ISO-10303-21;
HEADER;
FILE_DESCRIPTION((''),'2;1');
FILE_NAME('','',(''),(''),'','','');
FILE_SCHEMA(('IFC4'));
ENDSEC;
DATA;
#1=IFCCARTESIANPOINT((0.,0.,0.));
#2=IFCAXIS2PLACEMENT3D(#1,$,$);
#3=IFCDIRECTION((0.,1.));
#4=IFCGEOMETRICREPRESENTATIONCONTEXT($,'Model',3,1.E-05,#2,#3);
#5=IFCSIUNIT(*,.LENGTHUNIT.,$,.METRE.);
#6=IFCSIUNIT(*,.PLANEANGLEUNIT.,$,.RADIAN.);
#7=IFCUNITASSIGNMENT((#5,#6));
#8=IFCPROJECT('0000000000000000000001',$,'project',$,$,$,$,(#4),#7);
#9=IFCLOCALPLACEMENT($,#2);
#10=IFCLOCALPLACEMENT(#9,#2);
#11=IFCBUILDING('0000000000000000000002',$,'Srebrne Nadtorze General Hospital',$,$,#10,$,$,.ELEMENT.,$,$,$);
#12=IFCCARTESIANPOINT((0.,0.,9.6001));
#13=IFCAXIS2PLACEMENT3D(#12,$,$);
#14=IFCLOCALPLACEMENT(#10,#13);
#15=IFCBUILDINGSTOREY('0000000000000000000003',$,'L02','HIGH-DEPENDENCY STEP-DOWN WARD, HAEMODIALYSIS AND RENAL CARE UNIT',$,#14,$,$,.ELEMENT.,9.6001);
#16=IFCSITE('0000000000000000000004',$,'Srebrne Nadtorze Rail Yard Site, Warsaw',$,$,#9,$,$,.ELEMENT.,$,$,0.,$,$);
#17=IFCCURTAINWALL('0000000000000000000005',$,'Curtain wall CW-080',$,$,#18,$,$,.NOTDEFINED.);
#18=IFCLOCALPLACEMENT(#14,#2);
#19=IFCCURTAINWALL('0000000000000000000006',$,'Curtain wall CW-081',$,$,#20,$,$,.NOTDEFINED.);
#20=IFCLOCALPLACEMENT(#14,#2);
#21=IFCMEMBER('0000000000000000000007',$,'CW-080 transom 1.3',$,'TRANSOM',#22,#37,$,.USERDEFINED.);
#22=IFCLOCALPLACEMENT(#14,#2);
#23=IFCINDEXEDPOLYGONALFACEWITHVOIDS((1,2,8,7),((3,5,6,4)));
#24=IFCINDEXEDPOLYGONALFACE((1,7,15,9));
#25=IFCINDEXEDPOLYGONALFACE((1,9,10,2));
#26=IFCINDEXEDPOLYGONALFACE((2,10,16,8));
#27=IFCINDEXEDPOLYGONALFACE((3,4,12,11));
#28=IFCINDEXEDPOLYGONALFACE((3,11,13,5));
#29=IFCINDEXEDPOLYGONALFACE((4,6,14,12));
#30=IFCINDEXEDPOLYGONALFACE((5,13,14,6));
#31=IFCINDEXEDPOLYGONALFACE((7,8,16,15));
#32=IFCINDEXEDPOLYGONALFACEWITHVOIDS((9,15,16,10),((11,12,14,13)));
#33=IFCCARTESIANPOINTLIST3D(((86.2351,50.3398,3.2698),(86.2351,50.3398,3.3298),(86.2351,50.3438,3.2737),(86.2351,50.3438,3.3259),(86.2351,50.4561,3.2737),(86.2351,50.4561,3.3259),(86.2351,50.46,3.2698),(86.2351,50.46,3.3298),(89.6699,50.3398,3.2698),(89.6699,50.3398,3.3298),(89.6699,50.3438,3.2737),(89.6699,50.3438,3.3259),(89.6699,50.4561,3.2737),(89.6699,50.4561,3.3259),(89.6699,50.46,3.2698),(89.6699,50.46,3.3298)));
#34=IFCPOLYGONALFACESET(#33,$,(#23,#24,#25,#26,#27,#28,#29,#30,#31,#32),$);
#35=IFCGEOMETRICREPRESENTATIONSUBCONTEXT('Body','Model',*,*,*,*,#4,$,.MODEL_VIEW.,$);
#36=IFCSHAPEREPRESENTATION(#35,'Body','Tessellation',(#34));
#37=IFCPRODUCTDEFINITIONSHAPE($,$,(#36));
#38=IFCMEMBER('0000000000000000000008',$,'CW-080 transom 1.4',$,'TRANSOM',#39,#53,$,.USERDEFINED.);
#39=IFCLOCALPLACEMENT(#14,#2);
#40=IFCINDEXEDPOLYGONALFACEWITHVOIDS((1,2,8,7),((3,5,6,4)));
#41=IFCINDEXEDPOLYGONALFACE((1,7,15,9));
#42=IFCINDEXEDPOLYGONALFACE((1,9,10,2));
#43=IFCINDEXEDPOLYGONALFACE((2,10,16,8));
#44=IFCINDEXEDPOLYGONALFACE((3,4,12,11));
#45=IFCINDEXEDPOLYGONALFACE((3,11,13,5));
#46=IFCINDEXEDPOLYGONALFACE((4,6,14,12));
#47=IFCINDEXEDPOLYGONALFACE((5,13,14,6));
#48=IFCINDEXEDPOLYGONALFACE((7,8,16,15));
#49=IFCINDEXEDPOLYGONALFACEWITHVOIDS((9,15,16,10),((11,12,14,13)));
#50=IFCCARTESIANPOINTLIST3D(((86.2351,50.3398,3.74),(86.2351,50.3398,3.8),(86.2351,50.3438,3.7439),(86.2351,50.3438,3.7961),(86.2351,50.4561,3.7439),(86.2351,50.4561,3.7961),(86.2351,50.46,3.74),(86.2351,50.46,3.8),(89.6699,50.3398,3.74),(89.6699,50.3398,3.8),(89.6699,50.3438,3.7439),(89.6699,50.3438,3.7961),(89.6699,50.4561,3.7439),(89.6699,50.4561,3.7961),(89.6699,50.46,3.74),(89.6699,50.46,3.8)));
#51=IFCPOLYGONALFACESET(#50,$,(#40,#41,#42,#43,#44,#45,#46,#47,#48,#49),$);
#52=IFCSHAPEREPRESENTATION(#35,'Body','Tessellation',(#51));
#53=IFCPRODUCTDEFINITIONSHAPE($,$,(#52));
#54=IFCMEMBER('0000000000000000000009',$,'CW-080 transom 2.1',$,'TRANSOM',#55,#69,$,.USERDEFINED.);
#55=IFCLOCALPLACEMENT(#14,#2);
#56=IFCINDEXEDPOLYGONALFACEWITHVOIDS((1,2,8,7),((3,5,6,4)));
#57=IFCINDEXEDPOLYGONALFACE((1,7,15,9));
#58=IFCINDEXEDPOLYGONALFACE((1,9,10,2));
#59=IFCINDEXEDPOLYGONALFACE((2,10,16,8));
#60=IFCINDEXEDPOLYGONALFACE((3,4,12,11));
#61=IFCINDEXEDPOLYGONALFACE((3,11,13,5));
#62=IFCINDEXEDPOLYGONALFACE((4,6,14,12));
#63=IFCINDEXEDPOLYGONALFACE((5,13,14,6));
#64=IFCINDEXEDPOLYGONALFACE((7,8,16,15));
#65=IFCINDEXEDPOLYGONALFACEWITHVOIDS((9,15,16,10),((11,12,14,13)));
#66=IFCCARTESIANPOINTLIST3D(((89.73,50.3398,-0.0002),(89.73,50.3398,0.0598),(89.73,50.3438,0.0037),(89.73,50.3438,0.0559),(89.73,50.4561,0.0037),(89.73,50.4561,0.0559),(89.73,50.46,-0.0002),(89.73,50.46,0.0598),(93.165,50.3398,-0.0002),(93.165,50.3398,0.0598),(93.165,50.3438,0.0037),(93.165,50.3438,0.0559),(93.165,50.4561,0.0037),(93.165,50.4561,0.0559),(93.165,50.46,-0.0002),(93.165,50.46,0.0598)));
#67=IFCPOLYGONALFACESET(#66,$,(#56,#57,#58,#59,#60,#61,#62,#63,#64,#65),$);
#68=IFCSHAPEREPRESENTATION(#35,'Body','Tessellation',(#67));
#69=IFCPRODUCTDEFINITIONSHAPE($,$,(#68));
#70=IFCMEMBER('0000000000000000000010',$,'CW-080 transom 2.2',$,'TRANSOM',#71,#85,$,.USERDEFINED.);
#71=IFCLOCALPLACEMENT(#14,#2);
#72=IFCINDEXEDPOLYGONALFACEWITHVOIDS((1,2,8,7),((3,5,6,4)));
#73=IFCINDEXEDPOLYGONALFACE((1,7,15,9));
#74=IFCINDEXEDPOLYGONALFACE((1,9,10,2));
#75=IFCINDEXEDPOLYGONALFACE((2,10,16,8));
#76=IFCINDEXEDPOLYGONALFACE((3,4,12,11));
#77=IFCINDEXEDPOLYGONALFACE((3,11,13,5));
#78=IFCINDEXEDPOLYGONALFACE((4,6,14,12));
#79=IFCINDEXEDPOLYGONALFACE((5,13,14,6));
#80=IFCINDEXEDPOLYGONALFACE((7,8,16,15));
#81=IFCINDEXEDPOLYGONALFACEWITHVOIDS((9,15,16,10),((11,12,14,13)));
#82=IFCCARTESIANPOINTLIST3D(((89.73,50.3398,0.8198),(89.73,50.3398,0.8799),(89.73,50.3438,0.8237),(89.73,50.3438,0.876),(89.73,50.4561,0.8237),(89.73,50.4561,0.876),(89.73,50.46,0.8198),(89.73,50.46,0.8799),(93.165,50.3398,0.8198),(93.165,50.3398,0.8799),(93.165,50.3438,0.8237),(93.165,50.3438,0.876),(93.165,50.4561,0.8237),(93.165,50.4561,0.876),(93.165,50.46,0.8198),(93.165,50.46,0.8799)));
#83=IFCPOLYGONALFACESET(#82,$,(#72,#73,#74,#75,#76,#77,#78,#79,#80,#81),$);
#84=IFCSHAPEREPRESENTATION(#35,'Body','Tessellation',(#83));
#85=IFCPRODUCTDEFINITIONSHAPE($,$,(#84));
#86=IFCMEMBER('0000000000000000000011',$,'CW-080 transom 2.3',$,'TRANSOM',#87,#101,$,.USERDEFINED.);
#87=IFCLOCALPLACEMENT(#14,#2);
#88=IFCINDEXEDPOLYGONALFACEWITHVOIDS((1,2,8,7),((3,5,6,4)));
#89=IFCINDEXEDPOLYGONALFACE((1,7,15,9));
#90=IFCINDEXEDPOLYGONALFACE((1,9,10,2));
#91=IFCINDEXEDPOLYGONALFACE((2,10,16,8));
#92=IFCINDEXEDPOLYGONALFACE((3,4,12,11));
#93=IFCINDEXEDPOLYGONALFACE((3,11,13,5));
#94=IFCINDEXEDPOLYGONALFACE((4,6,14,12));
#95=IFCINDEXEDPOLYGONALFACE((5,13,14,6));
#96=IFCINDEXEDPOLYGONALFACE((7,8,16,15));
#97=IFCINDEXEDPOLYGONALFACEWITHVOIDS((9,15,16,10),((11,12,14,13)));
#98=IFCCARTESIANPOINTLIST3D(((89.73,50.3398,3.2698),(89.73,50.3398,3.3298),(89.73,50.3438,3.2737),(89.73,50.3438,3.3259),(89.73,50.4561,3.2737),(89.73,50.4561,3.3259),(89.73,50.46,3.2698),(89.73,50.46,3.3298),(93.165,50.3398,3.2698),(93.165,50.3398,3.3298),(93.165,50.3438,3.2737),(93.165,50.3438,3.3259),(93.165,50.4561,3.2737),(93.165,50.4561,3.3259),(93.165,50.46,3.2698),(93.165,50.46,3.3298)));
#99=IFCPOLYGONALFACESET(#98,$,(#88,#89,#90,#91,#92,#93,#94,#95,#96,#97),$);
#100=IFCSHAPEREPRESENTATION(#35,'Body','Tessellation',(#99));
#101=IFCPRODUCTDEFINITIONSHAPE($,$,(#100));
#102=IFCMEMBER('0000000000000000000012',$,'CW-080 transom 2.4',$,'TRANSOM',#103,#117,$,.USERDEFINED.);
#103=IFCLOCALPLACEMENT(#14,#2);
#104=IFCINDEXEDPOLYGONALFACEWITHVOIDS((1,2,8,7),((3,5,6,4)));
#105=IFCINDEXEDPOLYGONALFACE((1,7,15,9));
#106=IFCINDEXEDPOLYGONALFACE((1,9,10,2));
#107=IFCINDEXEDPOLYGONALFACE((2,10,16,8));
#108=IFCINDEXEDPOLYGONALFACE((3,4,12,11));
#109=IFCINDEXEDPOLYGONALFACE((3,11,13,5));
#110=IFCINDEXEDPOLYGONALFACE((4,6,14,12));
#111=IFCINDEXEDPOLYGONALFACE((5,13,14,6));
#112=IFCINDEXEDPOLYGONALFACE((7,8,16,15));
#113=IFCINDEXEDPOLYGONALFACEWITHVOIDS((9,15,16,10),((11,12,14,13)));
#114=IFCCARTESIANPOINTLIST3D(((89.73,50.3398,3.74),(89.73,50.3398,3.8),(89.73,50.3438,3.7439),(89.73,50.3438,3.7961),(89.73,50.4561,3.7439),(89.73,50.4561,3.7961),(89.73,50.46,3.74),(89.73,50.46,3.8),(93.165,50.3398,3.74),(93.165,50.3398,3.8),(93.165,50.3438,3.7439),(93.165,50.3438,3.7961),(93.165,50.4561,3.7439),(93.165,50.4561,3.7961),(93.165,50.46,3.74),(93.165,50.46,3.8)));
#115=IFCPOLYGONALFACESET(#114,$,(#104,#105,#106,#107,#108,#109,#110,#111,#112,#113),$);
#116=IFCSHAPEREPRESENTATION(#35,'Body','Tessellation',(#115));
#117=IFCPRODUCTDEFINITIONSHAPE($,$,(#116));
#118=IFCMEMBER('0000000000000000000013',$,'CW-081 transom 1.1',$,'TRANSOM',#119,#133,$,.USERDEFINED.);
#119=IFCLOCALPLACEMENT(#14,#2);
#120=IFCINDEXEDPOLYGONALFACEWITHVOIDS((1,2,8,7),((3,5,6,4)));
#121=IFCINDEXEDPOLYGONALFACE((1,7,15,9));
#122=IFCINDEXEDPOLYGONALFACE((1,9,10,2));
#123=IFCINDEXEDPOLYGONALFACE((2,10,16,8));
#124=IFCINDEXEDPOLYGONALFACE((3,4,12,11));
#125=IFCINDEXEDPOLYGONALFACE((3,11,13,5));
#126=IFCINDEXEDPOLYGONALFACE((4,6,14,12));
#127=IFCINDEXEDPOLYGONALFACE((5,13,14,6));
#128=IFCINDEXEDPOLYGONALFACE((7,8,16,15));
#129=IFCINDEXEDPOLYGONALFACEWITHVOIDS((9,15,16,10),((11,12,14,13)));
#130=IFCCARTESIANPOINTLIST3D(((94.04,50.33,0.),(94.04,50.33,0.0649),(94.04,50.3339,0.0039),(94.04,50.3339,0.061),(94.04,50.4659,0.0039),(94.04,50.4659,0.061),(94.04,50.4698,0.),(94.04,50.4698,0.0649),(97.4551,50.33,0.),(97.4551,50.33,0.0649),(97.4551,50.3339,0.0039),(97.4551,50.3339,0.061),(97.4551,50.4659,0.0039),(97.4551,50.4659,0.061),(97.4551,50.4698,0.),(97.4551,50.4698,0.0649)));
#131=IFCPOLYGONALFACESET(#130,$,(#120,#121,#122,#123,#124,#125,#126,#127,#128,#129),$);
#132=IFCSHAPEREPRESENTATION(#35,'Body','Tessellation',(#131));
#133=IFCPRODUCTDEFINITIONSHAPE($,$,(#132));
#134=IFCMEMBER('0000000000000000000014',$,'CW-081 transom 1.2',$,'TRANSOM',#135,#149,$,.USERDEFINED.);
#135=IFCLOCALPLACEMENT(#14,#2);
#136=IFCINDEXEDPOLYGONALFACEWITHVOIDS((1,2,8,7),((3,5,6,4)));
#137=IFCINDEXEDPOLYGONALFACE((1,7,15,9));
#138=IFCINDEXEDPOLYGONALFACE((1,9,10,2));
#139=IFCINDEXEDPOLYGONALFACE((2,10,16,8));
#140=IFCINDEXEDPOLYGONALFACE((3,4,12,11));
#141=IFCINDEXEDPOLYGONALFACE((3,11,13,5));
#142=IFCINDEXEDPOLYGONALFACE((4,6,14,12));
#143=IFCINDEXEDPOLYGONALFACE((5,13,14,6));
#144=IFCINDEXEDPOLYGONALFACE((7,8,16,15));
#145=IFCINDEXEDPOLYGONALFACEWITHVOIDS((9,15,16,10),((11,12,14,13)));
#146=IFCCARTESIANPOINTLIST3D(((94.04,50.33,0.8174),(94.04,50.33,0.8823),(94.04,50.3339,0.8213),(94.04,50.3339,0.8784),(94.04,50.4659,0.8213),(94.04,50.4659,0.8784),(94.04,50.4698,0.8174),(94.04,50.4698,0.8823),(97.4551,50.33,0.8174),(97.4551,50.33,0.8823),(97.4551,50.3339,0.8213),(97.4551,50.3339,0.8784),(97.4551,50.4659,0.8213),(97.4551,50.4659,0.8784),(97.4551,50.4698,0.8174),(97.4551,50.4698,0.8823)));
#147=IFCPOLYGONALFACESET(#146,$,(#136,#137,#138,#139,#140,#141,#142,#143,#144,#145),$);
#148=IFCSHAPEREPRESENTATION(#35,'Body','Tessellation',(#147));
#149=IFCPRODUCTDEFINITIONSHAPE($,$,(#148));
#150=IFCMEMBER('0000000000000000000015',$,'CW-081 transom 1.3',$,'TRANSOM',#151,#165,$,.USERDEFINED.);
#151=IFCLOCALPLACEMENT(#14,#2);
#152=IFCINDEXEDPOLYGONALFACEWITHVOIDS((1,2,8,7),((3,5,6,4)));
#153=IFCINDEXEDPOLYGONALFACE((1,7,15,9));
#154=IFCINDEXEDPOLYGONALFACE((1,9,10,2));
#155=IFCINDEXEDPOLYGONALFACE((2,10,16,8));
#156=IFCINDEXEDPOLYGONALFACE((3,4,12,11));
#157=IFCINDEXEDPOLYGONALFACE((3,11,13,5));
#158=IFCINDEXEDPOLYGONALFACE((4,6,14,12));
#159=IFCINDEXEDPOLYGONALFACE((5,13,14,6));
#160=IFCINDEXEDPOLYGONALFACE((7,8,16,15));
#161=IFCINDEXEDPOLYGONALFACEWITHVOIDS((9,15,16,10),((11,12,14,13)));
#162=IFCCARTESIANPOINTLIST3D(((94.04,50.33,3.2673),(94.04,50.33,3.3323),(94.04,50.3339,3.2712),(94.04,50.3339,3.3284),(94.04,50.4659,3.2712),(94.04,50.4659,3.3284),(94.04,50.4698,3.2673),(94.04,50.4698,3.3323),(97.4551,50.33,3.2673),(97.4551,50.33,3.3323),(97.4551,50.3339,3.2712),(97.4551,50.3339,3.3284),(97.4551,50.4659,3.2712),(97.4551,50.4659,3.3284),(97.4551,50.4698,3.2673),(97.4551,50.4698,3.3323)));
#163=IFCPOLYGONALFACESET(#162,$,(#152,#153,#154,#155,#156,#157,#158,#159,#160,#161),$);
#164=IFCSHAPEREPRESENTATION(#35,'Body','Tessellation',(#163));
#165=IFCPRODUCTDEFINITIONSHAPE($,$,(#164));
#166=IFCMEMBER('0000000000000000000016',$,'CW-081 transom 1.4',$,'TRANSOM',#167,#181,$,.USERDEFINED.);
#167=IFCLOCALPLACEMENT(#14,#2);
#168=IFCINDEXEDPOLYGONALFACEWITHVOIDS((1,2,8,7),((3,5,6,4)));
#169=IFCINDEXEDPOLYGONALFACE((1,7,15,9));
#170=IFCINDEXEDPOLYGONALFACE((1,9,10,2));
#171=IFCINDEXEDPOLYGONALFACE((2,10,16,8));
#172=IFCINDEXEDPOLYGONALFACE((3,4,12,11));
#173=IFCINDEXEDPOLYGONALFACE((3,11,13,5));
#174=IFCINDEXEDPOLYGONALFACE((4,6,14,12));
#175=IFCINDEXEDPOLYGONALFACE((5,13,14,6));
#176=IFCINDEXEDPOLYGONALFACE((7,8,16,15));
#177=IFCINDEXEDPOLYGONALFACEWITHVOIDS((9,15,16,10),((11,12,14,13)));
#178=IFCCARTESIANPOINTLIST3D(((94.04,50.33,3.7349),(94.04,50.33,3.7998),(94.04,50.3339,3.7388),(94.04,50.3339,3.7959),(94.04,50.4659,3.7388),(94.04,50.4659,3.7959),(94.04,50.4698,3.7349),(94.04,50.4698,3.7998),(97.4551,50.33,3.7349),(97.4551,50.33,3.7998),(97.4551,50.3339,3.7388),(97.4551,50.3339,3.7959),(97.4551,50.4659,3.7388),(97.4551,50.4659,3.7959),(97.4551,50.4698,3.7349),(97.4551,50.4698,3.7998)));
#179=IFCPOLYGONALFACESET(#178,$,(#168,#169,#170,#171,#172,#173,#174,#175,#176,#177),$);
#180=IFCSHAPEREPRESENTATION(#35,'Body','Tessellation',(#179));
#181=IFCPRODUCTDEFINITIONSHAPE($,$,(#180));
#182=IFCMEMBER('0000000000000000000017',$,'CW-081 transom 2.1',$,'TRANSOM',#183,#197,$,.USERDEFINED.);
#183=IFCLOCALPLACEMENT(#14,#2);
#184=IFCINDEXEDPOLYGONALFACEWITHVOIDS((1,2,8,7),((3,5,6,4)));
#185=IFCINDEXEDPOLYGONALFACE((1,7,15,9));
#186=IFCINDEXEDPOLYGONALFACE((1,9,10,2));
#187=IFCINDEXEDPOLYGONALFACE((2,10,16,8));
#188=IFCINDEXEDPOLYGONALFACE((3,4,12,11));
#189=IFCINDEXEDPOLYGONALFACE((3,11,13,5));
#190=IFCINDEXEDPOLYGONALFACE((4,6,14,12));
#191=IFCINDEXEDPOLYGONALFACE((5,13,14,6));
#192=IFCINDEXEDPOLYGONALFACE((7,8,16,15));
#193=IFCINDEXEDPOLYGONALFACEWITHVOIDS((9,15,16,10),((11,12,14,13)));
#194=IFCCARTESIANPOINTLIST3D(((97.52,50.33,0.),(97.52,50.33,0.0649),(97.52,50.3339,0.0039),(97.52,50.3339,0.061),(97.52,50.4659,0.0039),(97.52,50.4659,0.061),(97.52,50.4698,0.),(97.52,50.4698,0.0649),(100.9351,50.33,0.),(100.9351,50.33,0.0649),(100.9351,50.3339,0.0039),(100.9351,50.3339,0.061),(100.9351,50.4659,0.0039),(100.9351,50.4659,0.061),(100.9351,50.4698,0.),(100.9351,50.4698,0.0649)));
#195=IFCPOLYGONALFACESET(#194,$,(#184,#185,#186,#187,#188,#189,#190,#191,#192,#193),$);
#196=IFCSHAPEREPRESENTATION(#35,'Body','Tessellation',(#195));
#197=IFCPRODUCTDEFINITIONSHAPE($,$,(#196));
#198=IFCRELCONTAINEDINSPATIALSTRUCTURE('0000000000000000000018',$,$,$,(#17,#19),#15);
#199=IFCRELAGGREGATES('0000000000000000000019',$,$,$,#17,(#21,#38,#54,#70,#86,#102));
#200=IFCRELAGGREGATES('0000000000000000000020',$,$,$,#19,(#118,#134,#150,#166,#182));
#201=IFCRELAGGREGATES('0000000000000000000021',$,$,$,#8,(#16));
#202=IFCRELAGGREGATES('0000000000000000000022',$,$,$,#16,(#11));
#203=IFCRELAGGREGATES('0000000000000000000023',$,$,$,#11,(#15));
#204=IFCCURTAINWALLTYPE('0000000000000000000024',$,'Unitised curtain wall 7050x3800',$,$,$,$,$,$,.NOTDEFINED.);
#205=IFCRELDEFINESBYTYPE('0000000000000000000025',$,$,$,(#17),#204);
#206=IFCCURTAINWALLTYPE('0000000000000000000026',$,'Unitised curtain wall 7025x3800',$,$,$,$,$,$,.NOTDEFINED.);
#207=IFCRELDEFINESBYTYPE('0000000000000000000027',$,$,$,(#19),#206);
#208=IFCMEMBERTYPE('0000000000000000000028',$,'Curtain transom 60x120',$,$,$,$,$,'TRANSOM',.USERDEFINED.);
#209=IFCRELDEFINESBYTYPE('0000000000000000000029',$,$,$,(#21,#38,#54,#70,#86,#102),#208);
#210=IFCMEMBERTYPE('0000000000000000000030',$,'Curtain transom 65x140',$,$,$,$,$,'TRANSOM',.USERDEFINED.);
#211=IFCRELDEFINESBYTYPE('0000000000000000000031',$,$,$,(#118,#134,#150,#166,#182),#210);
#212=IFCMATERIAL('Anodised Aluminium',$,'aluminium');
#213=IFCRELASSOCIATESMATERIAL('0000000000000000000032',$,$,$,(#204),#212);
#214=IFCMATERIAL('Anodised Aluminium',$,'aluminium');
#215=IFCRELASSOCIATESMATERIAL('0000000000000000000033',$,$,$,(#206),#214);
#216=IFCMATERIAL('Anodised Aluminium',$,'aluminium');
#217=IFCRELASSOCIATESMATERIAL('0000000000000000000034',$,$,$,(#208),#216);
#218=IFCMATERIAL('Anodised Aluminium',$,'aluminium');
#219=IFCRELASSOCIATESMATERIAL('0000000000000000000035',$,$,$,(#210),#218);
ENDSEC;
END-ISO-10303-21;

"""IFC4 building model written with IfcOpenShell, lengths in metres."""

from ifc_helpers import new_model, si_unit, direction, frame, origin, origin_2d, place, context, subcontext, project, spatial, hollow_rectangle, extrude, material, material_profile, profile_set, type_object, element, aggregate, save


model = new_model("IFC4")

# Units and contexts
model_context = context("Model", 3, precision=1e-05, world=origin(), true_north=direction((0.0, 1.0)))
body_context = subcontext(model_context, "Body", "Model", "MODEL_VIEW")
ifc_project = project(units=[si_unit("LENGTHUNIT", "METRE"), si_unit("PLANEANGLEUNIT", "RADIAN")], contexts=[model_context])

# Site, building, storey
site_placement = place(None, origin())
site = spatial("IfcSite", under=ifc_project, at=site_placement, Name="Srebrne Nadtorze Rail Yard Site, Warsaw", CompositionType="ELEMENT", RefElevation=0.0)
building_placement = place(site_placement, origin())
building = spatial("IfcBuilding", under=site, at=building_placement, Name="Srebrne Nadtorze General Hospital", CompositionType="ELEMENT")
storey_placement = place(building_placement, frame((0.0, 0.0, 9.6001)))
storey = spatial("IfcBuildingStorey", under=building, at=storey_placement, Name="L02", Description="HIGH-DEPENDENCY STEP-DOWN WARD, HAEMODIALYSIS AND RENAL CARE UNIT", CompositionType="ELEMENT", Elevation=9.6001)

# Curtain walls
ifc_material_1 = material(Name="Anodised Aluminium", Category="aluminium")
curtain_wall_type_1 = type_object("IfcCurtainWallType", Name="Unitised curtain wall 7050x3800", PredefinedType="NOTDEFINED", material=ifc_material_1)
curtain_wall_1_placement = place(storey_placement, origin())
curtain_wall_1 = element("IfcCurtainWall", 1, at=curtain_wall_1_placement, inside=storey, type_object=curtain_wall_type_1, Name="Curtain wall CW-080", PredefinedType="NOTDEFINED")
ifc_material_2 = material(Name="Anodised Aluminium", Category="aluminium")
curtain_wall_type_2 = type_object("IfcCurtainWallType", Name="Unitised curtain wall 7025x3800", PredefinedType="NOTDEFINED", material=ifc_material_2)
curtain_wall_2_placement = place(storey_placement, origin())
curtain_wall_2 = element("IfcCurtainWall", 2, at=curtain_wall_2_placement, inside=storey, type_object=curtain_wall_type_2, Name="Curtain wall CW-081", PredefinedType="NOTDEFINED")

# Members
ifc_material_3 = material(Name="Anodised Aluminium", Category="aluminium")
ifc_material_profile_1 = material_profile(ifc_material_3, hollow_rectangle(XDim=0.0601, YDim=0.1201, WallThickness=0.0039, at=origin_2d()), Name="AL-TRN-60x120")
ifc_profile_set_1 = profile_set([ifc_material_profile_1], Name="Anodised Aluminium")
member_type_1 = type_object("IfcMemberType", Name="Curtain transom 60x120", ElementType="TRANSOM", PredefinedType="USERDEFINED", material=ifc_profile_set_1)
member_1_placement = place(storey_placement, frame((86.2351, 50.3999, 3.2998), z_axis=(1.0, 0.0, 0.0), x_axis=(0.0, 0.0, 1.0)))
member_1 = element("IfcMember", 3, at=member_1_placement, type_object=member_type_1, Name="CW-080 transom 1.3", ObjectType="TRANSOM", PredefinedType="USERDEFINED", context=body_context, shape_type="SweptSolid", body=[
    extrude(hollow_rectangle(XDim=0.0601, YDim=0.1201, WallThickness=0.0039, at=origin_2d()), origin(), (0.0, 0.0, 1.0), 3.4348),
])
member_2_placement = place(storey_placement, frame((86.2351, 50.3999, 3.77), z_axis=(1.0, 0.0, 0.0), x_axis=(0.0, 0.0, 1.0)))
member_2 = element("IfcMember", 4, at=member_2_placement, type_object=member_type_1, Name="CW-080 transom 1.4", ObjectType="TRANSOM", PredefinedType="USERDEFINED", context=body_context, shape_type="SweptSolid", body=[
    extrude(hollow_rectangle(XDim=0.0601, YDim=0.1201, WallThickness=0.0039, at=origin_2d()), origin(), (0.0, 0.0, 1.0), 3.4348),
])
member_3_placement = place(storey_placement, frame((89.73, 50.3999, 0.0298), z_axis=(1.0, 0.0, 0.0), x_axis=(0.0, 0.0, 1.0)))
member_3 = element("IfcMember", 5, at=member_3_placement, type_object=member_type_1, Name="CW-080 transom 2.1", ObjectType="TRANSOM", PredefinedType="USERDEFINED", context=body_context, shape_type="SweptSolid", body=[
    extrude(hollow_rectangle(XDim=0.0601, YDim=0.1201, WallThickness=0.0039, at=origin_2d()), origin(), (0.0, 0.0, 1.0), 3.4351),
])
member_4_placement = place(storey_placement, frame((89.73, 50.3999, 0.8499), z_axis=(1.0, 0.0, 0.0), x_axis=(0.0, 0.0, 1.0)))
member_4 = element("IfcMember", 6, at=member_4_placement, type_object=member_type_1, Name="CW-080 transom 2.2", ObjectType="TRANSOM", PredefinedType="USERDEFINED", context=body_context, shape_type="SweptSolid", body=[
    extrude(hollow_rectangle(XDim=0.0601, YDim=0.1201, WallThickness=0.0039, at=origin_2d()), origin(), (0.0, 0.0, 1.0), 3.4351),
])
member_5_placement = place(storey_placement, frame((89.73, 50.3999, 3.2998), z_axis=(1.0, 0.0, 0.0), x_axis=(0.0, 0.0, 1.0)))
member_5 = element("IfcMember", 7, at=member_5_placement, type_object=member_type_1, Name="CW-080 transom 2.3", ObjectType="TRANSOM", PredefinedType="USERDEFINED", context=body_context, shape_type="SweptSolid", body=[
    extrude(hollow_rectangle(XDim=0.0601, YDim=0.1201, WallThickness=0.0039, at=origin_2d()), origin(), (0.0, 0.0, 1.0), 3.4351),
])
member_6_placement = place(storey_placement, frame((89.73, 50.3999, 3.77), z_axis=(1.0, 0.0, 0.0), x_axis=(0.0, 0.0, 1.0)))
member_6 = element("IfcMember", 8, at=member_6_placement, type_object=member_type_1, Name="CW-080 transom 2.4", ObjectType="TRANSOM", PredefinedType="USERDEFINED", context=body_context, shape_type="SweptSolid", body=[
    extrude(hollow_rectangle(XDim=0.0601, YDim=0.1201, WallThickness=0.0039, at=origin_2d()), origin(), (0.0, 0.0, 1.0), 3.4351),
])
ifc_material_4 = material(Name="Anodised Aluminium", Category="aluminium")
ifc_material_profile_2 = material_profile(ifc_material_4, hollow_rectangle(XDim=0.0649, YDim=0.1399, WallThickness=0.0039, at=origin_2d()), Name="AL-TRN-65x140")
ifc_profile_set_2 = profile_set([ifc_material_profile_2], Name="Anodised Aluminium")
member_type_2 = type_object("IfcMemberType", Name="Curtain transom 65x140", ElementType="TRANSOM", PredefinedType="USERDEFINED", material=ifc_profile_set_2)
member_7_placement = place(storey_placement, frame((94.04, 50.3999, 0.0325), z_axis=(1.0, 0.0, 0.0), x_axis=(0.0, 0.0, 1.0)))
member_7 = element("IfcMember", 9, at=member_7_placement, type_object=member_type_2, Name="CW-081 transom 1.1", ObjectType="TRANSOM", PredefinedType="USERDEFINED", context=body_context, shape_type="SweptSolid", body=[
    extrude(hollow_rectangle(XDim=0.0649, YDim=0.1399, WallThickness=0.0039, at=origin_2d()), origin(), (0.0, 0.0, 1.0), 3.415),
])
member_8_placement = place(storey_placement, frame((94.04, 50.3999, 0.8499), z_axis=(1.0, 0.0, 0.0), x_axis=(0.0, 0.0, 1.0)))
member_8 = element("IfcMember", 10, at=member_8_placement, type_object=member_type_2, Name="CW-081 transom 1.2", ObjectType="TRANSOM", PredefinedType="USERDEFINED", context=body_context, shape_type="SweptSolid", body=[
    extrude(hollow_rectangle(XDim=0.0649, YDim=0.1399, WallThickness=0.0039, at=origin_2d()), origin(), (0.0, 0.0, 1.0), 3.415),
])
member_9_placement = place(storey_placement, frame((94.04, 50.3999, 3.2998), z_axis=(1.0, 0.0, 0.0), x_axis=(0.0, 0.0, 1.0)))
member_9 = element("IfcMember", 11, at=member_9_placement, type_object=member_type_2, Name="CW-081 transom 1.3", ObjectType="TRANSOM", PredefinedType="USERDEFINED", context=body_context, shape_type="SweptSolid", body=[
    extrude(hollow_rectangle(XDim=0.0649, YDim=0.1399, WallThickness=0.0039, at=origin_2d()), origin(), (0.0, 0.0, 1.0), 3.415),
])
member_10_placement = place(storey_placement, frame((94.04, 50.3999, 3.7673), z_axis=(1.0, 0.0, 0.0), x_axis=(0.0, 0.0, 1.0)))
member_10 = element("IfcMember", 12, at=member_10_placement, type_object=member_type_2, Name="CW-081 transom 1.4", ObjectType="TRANSOM", PredefinedType="USERDEFINED", context=body_context, shape_type="SweptSolid", body=[
    extrude(hollow_rectangle(XDim=0.0649, YDim=0.1399, WallThickness=0.0039, at=origin_2d()), origin(), (0.0, 0.0, 1.0), 3.415),
])
member_11_placement = place(storey_placement, frame((97.52, 50.3999, 0.0325), z_axis=(1.0, 0.0, 0.0), x_axis=(0.0, 0.0, 1.0)))
member_11 = element("IfcMember", 13, at=member_11_placement, type_object=member_type_2, Name="CW-081 transom 2.1", ObjectType="TRANSOM", PredefinedType="USERDEFINED", context=body_context, shape_type="SweptSolid", body=[
    extrude(hollow_rectangle(XDim=0.0649, YDim=0.1399, WallThickness=0.0039, at=origin_2d()), origin(), (0.0, 0.0, 1.0), 3.415),
])

aggregate(curtain_wall_1, [member_1, member_2, member_3, member_4, member_5, member_6])
aggregate(curtain_wall_2, [member_7, member_8, member_9, member_10, member_11])

save(model, "model.ifc")
